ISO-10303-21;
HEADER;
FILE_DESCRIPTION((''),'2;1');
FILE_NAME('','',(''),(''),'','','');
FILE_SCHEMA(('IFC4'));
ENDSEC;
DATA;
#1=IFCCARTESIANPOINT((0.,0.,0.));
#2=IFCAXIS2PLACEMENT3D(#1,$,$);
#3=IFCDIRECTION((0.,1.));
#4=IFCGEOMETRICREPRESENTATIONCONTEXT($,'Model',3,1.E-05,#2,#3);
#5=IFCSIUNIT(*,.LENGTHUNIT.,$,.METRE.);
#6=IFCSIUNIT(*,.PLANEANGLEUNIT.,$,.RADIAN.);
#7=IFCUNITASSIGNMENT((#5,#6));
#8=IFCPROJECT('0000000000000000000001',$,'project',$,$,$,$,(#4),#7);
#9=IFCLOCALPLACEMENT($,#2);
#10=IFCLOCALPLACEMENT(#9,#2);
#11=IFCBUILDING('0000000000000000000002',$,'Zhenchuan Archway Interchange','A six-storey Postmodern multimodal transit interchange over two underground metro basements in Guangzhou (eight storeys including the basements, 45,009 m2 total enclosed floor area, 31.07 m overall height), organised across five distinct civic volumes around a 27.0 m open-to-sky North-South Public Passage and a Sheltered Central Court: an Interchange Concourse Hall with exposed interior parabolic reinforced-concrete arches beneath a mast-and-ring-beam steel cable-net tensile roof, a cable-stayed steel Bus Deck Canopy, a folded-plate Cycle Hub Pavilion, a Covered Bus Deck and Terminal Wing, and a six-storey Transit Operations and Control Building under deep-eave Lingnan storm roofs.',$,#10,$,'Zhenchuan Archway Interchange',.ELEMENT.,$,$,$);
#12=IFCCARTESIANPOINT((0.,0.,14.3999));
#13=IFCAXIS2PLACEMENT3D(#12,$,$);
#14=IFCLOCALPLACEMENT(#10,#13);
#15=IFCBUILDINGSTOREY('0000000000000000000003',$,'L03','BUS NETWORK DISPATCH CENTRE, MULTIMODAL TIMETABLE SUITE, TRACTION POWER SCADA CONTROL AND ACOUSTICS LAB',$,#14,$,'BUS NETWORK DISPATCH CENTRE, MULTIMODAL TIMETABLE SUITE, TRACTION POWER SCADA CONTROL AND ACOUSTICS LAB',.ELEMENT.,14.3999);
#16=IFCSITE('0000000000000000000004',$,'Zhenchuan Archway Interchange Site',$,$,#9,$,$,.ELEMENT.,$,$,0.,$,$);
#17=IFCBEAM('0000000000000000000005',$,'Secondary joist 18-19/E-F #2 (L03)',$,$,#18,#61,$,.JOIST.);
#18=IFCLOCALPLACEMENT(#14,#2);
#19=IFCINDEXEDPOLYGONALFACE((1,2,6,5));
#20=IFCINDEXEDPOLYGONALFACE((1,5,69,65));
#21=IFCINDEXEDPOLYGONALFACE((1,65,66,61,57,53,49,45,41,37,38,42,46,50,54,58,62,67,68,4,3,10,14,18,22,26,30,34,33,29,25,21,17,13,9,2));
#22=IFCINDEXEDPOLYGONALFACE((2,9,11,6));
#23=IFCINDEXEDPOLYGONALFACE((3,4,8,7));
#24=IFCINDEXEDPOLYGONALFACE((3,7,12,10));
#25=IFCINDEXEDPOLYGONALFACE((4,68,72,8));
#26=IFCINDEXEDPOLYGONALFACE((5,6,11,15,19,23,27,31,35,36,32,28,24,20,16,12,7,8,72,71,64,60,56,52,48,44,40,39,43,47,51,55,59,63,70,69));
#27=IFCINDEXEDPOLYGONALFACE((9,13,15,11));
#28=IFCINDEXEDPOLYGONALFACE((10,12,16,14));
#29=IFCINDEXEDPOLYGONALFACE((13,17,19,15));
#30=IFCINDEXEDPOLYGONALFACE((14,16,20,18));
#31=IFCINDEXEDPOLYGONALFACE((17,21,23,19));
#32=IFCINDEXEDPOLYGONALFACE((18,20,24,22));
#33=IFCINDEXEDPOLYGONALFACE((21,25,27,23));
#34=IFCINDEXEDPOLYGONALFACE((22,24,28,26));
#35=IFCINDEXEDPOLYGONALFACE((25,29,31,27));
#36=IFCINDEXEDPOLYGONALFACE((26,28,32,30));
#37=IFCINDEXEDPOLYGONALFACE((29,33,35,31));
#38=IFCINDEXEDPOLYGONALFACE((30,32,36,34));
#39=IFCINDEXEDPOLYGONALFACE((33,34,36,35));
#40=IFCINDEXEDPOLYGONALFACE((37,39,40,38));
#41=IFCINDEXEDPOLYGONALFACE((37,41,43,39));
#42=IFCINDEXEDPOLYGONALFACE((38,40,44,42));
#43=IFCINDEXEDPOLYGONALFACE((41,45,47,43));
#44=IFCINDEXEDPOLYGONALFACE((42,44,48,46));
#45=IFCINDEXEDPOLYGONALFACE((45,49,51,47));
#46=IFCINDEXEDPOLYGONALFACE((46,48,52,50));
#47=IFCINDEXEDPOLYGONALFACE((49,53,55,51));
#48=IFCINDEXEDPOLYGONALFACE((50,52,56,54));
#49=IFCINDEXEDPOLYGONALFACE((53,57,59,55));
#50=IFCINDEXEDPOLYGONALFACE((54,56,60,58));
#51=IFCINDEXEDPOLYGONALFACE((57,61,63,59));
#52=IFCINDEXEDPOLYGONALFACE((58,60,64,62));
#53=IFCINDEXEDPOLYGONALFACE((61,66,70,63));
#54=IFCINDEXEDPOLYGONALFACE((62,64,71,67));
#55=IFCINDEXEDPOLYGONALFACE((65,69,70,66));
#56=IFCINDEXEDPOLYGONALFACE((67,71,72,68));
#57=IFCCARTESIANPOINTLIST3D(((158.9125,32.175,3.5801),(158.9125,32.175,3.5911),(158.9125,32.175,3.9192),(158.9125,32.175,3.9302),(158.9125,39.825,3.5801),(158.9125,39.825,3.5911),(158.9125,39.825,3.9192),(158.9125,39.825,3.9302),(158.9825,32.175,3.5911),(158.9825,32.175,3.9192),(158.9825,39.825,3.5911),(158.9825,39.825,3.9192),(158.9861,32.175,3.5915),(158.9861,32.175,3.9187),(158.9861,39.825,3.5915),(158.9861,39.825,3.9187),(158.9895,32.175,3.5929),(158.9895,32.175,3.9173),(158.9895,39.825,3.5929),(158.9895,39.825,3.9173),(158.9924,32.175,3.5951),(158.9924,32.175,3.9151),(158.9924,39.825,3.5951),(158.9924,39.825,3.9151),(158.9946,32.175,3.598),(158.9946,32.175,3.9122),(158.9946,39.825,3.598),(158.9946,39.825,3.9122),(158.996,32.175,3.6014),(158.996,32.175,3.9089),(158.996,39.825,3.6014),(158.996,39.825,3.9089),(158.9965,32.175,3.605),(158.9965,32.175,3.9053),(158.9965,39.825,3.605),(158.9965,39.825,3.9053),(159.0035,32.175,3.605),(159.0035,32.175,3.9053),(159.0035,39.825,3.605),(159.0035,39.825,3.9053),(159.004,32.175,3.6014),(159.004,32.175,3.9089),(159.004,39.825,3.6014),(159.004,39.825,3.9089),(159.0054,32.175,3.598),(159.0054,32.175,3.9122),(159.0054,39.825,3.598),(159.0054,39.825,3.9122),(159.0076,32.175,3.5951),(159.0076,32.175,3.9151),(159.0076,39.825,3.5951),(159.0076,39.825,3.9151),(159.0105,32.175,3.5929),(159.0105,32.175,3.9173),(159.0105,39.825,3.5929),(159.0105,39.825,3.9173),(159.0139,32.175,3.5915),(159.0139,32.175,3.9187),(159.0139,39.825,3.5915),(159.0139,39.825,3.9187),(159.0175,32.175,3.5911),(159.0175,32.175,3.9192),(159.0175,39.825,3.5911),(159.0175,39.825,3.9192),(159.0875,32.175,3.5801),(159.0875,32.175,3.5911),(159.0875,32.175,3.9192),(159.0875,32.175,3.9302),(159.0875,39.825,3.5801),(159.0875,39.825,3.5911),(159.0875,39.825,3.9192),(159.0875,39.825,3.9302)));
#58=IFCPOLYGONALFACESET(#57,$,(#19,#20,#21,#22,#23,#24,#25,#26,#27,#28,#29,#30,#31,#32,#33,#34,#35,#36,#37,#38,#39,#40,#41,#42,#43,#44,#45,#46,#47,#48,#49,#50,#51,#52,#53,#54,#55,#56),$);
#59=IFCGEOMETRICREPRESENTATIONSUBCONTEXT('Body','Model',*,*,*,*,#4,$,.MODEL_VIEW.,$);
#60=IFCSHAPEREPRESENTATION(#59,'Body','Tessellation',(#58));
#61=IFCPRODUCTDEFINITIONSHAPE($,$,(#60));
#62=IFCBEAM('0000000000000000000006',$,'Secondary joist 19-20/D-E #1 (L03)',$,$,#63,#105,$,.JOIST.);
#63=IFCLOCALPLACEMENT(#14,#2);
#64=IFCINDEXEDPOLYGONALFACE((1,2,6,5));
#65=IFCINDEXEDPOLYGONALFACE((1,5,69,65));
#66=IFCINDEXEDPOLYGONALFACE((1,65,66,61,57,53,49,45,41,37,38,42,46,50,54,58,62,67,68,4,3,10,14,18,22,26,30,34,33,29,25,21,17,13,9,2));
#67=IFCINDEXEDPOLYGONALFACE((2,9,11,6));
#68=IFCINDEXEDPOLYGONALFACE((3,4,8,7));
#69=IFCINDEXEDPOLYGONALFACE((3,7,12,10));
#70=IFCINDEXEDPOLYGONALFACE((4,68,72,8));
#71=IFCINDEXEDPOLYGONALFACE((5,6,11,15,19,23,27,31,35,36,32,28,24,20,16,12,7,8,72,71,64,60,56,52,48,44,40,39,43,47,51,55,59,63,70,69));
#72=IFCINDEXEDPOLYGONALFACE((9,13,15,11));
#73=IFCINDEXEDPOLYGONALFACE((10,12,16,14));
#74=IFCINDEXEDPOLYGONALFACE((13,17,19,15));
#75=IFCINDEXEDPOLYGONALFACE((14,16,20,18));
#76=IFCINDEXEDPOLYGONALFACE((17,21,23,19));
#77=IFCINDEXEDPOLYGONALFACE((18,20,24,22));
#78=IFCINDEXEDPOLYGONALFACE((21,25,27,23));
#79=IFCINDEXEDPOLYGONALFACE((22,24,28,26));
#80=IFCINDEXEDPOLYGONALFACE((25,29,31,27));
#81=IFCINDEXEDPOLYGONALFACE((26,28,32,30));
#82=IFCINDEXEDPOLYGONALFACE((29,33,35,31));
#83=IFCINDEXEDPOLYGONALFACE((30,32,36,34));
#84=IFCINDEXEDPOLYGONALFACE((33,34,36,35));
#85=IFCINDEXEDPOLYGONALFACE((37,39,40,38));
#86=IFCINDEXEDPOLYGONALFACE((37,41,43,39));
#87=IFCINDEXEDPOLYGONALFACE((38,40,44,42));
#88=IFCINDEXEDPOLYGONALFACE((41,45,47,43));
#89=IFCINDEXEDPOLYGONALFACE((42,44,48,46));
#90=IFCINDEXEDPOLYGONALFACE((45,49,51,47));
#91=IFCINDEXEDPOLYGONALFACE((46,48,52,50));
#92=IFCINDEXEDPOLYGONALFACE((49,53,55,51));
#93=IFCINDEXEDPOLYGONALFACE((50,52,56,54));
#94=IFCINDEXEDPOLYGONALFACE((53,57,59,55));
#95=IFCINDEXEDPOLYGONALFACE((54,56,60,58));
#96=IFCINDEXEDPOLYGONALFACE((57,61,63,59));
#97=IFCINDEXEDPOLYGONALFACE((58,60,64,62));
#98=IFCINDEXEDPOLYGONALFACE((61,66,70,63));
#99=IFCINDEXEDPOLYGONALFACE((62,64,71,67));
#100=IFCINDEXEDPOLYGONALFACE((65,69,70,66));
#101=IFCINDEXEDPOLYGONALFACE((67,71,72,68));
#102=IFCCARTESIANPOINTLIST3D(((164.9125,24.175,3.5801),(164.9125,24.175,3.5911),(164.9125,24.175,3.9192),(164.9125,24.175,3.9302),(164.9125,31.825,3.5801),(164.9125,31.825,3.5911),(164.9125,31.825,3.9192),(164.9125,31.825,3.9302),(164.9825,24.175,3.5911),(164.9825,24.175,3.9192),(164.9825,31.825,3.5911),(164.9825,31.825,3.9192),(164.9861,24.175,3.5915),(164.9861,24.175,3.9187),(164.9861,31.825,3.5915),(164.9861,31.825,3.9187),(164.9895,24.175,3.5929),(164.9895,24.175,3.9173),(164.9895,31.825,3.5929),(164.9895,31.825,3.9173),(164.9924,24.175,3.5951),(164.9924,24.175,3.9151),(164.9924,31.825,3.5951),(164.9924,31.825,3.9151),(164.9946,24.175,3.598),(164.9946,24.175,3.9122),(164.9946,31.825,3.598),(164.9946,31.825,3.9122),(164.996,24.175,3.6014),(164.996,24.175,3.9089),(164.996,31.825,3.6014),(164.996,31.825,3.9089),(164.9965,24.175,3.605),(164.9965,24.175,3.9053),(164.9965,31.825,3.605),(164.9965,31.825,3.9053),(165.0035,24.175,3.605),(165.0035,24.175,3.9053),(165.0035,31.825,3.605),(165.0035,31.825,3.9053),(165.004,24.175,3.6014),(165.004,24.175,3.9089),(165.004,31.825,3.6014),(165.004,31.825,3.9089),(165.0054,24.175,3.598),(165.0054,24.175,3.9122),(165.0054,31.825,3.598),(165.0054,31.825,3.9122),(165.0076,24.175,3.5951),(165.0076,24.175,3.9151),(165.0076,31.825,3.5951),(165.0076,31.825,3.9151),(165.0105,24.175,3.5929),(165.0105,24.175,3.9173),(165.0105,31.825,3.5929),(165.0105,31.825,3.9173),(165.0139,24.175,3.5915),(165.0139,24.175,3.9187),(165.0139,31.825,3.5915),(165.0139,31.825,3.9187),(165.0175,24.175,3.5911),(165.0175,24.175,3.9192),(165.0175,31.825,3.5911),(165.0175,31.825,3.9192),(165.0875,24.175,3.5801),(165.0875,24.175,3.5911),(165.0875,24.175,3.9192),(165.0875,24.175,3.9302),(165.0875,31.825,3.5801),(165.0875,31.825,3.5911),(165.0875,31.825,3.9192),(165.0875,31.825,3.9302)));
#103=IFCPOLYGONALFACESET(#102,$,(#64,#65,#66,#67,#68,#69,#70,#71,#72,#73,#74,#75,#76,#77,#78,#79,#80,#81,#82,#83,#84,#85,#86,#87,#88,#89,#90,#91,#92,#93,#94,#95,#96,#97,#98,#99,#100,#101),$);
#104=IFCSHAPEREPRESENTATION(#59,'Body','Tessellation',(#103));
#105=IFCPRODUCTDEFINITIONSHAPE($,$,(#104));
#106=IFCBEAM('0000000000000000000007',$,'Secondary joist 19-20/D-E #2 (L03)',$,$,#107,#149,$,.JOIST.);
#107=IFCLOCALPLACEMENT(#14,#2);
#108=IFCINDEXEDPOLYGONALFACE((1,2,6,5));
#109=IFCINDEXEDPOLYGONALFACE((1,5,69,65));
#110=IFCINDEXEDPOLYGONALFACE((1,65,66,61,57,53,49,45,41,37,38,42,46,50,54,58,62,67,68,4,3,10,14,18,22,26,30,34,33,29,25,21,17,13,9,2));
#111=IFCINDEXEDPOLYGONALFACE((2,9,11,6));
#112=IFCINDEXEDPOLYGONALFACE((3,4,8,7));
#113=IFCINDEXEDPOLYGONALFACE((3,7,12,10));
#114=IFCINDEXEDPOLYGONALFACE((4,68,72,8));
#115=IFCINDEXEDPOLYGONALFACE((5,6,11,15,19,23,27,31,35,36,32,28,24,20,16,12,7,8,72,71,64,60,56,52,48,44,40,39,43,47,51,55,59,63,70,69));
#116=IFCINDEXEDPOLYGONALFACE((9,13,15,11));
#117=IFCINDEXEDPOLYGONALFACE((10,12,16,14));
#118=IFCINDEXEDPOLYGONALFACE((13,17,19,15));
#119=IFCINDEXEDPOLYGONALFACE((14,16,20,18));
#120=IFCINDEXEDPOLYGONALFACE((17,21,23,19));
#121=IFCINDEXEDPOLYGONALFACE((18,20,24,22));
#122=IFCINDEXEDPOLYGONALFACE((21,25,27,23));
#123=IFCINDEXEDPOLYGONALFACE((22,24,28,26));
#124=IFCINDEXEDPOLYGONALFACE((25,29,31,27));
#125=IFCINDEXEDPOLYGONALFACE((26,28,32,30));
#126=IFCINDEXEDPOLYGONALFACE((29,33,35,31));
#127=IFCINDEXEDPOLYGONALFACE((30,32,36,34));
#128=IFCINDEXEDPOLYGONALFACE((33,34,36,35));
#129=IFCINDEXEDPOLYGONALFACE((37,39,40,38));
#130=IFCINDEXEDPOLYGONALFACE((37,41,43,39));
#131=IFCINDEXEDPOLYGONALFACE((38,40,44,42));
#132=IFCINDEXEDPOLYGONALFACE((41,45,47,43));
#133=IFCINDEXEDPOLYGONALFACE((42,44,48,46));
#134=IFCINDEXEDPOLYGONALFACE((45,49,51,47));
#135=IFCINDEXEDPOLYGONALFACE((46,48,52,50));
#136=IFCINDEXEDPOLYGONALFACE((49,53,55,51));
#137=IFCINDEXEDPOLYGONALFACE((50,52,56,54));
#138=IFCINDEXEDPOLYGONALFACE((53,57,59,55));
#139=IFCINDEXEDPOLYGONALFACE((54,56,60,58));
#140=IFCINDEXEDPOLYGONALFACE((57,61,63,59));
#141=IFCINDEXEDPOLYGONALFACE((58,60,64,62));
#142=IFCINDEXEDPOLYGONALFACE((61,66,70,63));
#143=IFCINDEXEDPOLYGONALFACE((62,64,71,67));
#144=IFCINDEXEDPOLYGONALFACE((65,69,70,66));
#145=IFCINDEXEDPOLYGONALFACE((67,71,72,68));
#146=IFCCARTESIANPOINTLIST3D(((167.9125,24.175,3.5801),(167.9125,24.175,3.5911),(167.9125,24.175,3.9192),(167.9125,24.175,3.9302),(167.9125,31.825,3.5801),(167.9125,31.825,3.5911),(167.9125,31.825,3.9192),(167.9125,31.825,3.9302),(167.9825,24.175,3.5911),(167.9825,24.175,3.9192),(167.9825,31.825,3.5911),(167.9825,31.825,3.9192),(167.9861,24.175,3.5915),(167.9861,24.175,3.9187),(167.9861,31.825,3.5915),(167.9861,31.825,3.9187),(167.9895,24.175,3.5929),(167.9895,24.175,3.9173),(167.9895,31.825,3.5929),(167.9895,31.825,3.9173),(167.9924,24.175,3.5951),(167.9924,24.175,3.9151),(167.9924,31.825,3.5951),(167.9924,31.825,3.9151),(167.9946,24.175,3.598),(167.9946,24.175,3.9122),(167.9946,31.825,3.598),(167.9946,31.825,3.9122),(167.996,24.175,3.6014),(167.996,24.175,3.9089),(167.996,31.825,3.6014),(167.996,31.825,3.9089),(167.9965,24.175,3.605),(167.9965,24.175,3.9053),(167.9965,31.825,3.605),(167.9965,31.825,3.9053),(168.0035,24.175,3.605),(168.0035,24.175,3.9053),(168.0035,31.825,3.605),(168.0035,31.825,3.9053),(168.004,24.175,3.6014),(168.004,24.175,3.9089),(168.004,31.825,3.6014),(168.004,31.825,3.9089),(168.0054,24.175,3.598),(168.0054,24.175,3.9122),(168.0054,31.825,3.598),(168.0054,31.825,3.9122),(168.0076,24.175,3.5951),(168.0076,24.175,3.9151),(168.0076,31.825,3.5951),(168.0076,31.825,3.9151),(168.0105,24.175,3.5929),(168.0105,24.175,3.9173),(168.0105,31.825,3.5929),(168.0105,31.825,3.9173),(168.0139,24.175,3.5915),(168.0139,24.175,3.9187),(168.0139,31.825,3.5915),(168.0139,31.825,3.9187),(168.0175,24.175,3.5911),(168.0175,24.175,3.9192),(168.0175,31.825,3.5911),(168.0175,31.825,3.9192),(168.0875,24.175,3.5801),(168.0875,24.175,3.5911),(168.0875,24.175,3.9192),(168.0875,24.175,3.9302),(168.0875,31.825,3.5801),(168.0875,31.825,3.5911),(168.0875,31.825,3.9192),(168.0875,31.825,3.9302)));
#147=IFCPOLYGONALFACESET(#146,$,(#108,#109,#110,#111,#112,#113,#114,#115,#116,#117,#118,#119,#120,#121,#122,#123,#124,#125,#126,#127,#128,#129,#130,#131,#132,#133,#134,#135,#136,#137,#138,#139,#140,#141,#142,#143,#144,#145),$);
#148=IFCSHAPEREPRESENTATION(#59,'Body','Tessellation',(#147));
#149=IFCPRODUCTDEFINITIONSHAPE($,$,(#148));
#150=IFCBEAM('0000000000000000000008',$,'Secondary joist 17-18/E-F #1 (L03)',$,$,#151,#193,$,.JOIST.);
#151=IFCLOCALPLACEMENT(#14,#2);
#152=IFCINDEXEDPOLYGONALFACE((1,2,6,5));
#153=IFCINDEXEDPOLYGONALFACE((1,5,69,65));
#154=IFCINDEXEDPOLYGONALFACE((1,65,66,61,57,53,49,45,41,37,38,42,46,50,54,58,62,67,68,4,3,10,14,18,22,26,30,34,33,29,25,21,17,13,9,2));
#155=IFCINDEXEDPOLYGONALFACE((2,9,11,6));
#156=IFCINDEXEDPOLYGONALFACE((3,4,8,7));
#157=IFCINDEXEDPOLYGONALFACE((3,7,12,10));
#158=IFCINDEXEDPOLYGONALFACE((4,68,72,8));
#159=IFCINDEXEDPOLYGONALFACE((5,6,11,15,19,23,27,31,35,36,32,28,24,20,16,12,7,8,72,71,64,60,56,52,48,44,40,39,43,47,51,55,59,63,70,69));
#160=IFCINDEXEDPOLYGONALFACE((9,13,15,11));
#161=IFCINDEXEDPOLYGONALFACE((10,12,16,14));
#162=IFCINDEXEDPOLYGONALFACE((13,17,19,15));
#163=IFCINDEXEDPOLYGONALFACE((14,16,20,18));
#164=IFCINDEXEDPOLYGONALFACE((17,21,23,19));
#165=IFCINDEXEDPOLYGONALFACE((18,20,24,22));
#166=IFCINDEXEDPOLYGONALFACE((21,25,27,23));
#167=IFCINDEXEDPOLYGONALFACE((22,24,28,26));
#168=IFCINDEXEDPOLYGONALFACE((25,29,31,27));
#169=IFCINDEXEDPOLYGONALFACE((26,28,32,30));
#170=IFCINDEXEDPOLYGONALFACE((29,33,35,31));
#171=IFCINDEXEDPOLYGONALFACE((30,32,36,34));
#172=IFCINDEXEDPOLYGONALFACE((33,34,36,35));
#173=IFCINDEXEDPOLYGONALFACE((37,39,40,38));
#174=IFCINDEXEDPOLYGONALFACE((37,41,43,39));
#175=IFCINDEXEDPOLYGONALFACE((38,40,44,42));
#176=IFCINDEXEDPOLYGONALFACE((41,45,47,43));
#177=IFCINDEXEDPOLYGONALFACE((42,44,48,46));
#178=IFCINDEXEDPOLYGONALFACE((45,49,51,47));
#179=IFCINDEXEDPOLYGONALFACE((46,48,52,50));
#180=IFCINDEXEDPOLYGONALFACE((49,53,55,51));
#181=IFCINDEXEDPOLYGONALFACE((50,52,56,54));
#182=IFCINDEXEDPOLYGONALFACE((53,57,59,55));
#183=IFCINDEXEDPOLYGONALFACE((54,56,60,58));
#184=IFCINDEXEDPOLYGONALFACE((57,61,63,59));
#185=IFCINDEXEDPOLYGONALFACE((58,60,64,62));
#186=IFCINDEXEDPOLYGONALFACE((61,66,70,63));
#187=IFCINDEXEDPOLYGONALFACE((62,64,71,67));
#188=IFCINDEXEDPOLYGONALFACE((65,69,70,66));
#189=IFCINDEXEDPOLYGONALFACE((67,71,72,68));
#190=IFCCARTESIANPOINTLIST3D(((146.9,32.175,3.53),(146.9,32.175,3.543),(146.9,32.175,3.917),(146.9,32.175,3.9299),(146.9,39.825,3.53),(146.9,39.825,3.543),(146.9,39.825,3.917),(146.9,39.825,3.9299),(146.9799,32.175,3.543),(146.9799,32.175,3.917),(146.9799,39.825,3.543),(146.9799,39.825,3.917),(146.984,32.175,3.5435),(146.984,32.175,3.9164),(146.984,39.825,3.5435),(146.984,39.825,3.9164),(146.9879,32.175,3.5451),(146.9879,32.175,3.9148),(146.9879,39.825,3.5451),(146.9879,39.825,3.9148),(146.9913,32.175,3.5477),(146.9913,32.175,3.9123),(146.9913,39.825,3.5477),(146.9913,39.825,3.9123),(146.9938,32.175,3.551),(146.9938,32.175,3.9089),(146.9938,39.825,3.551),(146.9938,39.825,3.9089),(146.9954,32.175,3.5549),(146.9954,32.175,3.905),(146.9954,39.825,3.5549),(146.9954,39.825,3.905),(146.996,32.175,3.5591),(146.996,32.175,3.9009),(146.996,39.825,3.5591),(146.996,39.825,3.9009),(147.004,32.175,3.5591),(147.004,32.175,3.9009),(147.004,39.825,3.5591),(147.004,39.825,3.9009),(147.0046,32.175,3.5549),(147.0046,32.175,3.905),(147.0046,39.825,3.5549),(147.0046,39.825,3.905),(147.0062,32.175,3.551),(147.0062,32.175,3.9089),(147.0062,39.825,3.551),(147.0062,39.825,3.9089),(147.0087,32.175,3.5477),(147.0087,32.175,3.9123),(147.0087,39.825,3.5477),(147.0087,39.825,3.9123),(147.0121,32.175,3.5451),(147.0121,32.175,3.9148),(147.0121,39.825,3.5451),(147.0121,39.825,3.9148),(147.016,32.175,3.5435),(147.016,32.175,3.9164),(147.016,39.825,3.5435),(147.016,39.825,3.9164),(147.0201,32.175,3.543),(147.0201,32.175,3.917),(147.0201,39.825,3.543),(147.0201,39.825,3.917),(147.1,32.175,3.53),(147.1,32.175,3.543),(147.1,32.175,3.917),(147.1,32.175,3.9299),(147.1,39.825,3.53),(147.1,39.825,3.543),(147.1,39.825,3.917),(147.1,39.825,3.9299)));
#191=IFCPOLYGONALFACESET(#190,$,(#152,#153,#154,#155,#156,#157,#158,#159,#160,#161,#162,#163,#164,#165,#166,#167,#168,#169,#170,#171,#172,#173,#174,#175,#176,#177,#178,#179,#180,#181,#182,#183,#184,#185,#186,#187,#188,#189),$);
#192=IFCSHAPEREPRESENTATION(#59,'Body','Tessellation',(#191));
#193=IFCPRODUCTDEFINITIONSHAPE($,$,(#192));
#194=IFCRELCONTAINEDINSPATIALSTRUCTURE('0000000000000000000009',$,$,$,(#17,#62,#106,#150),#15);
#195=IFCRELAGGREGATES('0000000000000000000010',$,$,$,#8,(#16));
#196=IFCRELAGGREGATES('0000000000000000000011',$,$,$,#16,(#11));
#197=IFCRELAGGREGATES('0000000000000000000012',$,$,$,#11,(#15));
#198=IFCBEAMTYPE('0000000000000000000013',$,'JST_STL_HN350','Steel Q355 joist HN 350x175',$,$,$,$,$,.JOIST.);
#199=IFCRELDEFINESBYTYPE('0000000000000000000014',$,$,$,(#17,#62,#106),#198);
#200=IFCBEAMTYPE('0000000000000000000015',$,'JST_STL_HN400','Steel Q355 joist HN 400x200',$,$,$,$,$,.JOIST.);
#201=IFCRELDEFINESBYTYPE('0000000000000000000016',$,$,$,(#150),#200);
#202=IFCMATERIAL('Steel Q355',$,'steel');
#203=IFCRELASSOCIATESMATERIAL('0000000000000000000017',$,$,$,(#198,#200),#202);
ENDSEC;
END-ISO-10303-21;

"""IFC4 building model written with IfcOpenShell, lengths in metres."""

from ifc_helpers import new_model, si_unit, direction, frame, origin, origin_2d, place, context, subcontext, project, spatial, i_section, extrude, material, material_profile, profile_set, type_object, element, save


model = new_model("IFC4")

# Units and contexts
model_context = context("Model", 3, precision=1e-05, world=origin(), true_north=direction((0.0, 1.0)))
body_context = subcontext(model_context, "Body", "Model", "MODEL_VIEW")
ifc_project = project(units=[si_unit("LENGTHUNIT", "METRE"), si_unit("PLANEANGLEUNIT", "RADIAN")], contexts=[model_context])

# Site, building, storey
site_placement = place(None, origin())
site = spatial("IfcSite", under=ifc_project, at=site_placement, Name="Zhenchuan Archway Interchange Site", CompositionType="ELEMENT", RefElevation=0.0)
building_placement = place(site_placement, origin())
building = spatial("IfcBuilding", under=site, at=building_placement, Name="Zhenchuan Archway Interchange", Description="A six-storey Postmodern multimodal transit interchange over two underground metro basements in Guangzhou (eight storeys including the basements, 45,009 m2 total enclosed floor area, 31.07 m overall height), organised across five distinct civic volumes around a 27.0 m open-to-sky North-South Public Passage and a Sheltered Central Court: an Interchange Concourse Hall with exposed interior parabolic reinforced-concrete arches beneath a mast-and-ring-beam steel cable-net tensile roof, a cable-stayed steel Bus Deck Canopy, a folded-plate Cycle Hub Pavilion, a Covered Bus Deck and Terminal Wing, and a six-storey Transit Operations and Control Building under deep-eave Lingnan storm roofs.", LongName="Zhenchuan Archway Interchange", CompositionType="ELEMENT")
storey_placement = place(building_placement, frame((0.0, 0.0, 14.3999)))
storey = spatial("IfcBuildingStorey", under=building, at=storey_placement, Name="L03", Description="BUS NETWORK DISPATCH CENTRE, MULTIMODAL TIMETABLE SUITE, TRACTION POWER SCADA CONTROL AND ACOUSTICS LAB", LongName="BUS NETWORK DISPATCH CENTRE, MULTIMODAL TIMETABLE SUITE, TRACTION POWER SCADA CONTROL AND ACOUSTICS LAB", CompositionType="ELEMENT", Elevation=14.3999)

# Beams
ifc_material_1 = material(Name="Steel Q355", Category="steel")
ifc_material_profile_1 = material_profile(ifc_material_1, i_section(OverallWidth=0.175, OverallDepth=0.3501, WebThickness=0.0071, FlangeThickness=0.011, FilletRadius=0.0139, at=origin_2d()), Name="HN 350x175")
ifc_profile_set_1 = profile_set([ifc_material_profile_1], Name="Steel Q355")
beam_type_1 = type_object("IfcBeamType", Name="JST_STL_HN350", Description="Steel Q355 joist HN 350x175", PredefinedType="JOIST", material=ifc_profile_set_1)
for number, where, z_axis, x_axis, name in (
    (1, (159.0, 32.175, 3.7551), (0.0, 1.0, 0.0), (-1.0, 0.0, 0.0), "Secondary joist 18-19/E-F #2 (L03)"),
    (2, (165.0, 24.175, 3.7551), (0.0, 1.0, 0.0), (-1.0, 0.0, 0.0), "Secondary joist 19-20/D-E #1 (L03)"),
    (3, (168.0, 24.175, 3.7551), (0.0, 1.0, 0.0), (-1.0, 0.0, 0.0), "Secondary joist 19-20/D-E #2 (L03)"),
):
    element("IfcBeam", number, at=place(storey_placement, frame(where, z_axis=z_axis, x_axis=x_axis)), inside=storey, type_object=beam_type_1, Name=name, PredefinedType="JOIST", context=body_context, shape_type="SweptSolid", body=[
        extrude(i_section(OverallWidth=0.175, OverallDepth=0.3501, WebThickness=0.0071, FlangeThickness=0.011, FilletRadius=0.0139, at=origin_2d()), origin(), (0.0, 0.0, 1.0), 7.6499),
    ])
ifc_material_profile_2 = material_profile(ifc_material_1, i_section(OverallWidth=0.2, OverallDepth=0.3999, WebThickness=0.0081, FlangeThickness=0.0129, FilletRadius=0.0161, at=origin_2d()), Name="HN 400x200")
ifc_profile_set_2 = profile_set([ifc_material_profile_2], Name="Steel Q355")
beam_type_2 = type_object("IfcBeamType", Name="JST_STL_HN400", Description="Steel Q355 joist HN 400x200", PredefinedType="JOIST", material=ifc_profile_set_2)
for number, where, z_axis, x_axis, name in (
    (4, (147.0, 32.175, 3.73), (0.0, 1.0, 0.0), (-1.0, 0.0, 0.0), "Secondary joist 17-18/E-F #1 (L03)"),
):
    element("IfcBeam", number, at=place(storey_placement, frame(where, z_axis=z_axis, x_axis=x_axis)), inside=storey, type_object=beam_type_2, Name=name, PredefinedType="JOIST", context=body_context, shape_type="SweptSolid", body=[
        extrude(i_section(OverallWidth=0.2, OverallDepth=0.3999, WebThickness=0.0081, FlangeThickness=0.0129, FilletRadius=0.0161, at=origin_2d()), origin(), (0.0, 0.0, 1.0), 7.6499),
    ])

save(model, "model.ifc")
